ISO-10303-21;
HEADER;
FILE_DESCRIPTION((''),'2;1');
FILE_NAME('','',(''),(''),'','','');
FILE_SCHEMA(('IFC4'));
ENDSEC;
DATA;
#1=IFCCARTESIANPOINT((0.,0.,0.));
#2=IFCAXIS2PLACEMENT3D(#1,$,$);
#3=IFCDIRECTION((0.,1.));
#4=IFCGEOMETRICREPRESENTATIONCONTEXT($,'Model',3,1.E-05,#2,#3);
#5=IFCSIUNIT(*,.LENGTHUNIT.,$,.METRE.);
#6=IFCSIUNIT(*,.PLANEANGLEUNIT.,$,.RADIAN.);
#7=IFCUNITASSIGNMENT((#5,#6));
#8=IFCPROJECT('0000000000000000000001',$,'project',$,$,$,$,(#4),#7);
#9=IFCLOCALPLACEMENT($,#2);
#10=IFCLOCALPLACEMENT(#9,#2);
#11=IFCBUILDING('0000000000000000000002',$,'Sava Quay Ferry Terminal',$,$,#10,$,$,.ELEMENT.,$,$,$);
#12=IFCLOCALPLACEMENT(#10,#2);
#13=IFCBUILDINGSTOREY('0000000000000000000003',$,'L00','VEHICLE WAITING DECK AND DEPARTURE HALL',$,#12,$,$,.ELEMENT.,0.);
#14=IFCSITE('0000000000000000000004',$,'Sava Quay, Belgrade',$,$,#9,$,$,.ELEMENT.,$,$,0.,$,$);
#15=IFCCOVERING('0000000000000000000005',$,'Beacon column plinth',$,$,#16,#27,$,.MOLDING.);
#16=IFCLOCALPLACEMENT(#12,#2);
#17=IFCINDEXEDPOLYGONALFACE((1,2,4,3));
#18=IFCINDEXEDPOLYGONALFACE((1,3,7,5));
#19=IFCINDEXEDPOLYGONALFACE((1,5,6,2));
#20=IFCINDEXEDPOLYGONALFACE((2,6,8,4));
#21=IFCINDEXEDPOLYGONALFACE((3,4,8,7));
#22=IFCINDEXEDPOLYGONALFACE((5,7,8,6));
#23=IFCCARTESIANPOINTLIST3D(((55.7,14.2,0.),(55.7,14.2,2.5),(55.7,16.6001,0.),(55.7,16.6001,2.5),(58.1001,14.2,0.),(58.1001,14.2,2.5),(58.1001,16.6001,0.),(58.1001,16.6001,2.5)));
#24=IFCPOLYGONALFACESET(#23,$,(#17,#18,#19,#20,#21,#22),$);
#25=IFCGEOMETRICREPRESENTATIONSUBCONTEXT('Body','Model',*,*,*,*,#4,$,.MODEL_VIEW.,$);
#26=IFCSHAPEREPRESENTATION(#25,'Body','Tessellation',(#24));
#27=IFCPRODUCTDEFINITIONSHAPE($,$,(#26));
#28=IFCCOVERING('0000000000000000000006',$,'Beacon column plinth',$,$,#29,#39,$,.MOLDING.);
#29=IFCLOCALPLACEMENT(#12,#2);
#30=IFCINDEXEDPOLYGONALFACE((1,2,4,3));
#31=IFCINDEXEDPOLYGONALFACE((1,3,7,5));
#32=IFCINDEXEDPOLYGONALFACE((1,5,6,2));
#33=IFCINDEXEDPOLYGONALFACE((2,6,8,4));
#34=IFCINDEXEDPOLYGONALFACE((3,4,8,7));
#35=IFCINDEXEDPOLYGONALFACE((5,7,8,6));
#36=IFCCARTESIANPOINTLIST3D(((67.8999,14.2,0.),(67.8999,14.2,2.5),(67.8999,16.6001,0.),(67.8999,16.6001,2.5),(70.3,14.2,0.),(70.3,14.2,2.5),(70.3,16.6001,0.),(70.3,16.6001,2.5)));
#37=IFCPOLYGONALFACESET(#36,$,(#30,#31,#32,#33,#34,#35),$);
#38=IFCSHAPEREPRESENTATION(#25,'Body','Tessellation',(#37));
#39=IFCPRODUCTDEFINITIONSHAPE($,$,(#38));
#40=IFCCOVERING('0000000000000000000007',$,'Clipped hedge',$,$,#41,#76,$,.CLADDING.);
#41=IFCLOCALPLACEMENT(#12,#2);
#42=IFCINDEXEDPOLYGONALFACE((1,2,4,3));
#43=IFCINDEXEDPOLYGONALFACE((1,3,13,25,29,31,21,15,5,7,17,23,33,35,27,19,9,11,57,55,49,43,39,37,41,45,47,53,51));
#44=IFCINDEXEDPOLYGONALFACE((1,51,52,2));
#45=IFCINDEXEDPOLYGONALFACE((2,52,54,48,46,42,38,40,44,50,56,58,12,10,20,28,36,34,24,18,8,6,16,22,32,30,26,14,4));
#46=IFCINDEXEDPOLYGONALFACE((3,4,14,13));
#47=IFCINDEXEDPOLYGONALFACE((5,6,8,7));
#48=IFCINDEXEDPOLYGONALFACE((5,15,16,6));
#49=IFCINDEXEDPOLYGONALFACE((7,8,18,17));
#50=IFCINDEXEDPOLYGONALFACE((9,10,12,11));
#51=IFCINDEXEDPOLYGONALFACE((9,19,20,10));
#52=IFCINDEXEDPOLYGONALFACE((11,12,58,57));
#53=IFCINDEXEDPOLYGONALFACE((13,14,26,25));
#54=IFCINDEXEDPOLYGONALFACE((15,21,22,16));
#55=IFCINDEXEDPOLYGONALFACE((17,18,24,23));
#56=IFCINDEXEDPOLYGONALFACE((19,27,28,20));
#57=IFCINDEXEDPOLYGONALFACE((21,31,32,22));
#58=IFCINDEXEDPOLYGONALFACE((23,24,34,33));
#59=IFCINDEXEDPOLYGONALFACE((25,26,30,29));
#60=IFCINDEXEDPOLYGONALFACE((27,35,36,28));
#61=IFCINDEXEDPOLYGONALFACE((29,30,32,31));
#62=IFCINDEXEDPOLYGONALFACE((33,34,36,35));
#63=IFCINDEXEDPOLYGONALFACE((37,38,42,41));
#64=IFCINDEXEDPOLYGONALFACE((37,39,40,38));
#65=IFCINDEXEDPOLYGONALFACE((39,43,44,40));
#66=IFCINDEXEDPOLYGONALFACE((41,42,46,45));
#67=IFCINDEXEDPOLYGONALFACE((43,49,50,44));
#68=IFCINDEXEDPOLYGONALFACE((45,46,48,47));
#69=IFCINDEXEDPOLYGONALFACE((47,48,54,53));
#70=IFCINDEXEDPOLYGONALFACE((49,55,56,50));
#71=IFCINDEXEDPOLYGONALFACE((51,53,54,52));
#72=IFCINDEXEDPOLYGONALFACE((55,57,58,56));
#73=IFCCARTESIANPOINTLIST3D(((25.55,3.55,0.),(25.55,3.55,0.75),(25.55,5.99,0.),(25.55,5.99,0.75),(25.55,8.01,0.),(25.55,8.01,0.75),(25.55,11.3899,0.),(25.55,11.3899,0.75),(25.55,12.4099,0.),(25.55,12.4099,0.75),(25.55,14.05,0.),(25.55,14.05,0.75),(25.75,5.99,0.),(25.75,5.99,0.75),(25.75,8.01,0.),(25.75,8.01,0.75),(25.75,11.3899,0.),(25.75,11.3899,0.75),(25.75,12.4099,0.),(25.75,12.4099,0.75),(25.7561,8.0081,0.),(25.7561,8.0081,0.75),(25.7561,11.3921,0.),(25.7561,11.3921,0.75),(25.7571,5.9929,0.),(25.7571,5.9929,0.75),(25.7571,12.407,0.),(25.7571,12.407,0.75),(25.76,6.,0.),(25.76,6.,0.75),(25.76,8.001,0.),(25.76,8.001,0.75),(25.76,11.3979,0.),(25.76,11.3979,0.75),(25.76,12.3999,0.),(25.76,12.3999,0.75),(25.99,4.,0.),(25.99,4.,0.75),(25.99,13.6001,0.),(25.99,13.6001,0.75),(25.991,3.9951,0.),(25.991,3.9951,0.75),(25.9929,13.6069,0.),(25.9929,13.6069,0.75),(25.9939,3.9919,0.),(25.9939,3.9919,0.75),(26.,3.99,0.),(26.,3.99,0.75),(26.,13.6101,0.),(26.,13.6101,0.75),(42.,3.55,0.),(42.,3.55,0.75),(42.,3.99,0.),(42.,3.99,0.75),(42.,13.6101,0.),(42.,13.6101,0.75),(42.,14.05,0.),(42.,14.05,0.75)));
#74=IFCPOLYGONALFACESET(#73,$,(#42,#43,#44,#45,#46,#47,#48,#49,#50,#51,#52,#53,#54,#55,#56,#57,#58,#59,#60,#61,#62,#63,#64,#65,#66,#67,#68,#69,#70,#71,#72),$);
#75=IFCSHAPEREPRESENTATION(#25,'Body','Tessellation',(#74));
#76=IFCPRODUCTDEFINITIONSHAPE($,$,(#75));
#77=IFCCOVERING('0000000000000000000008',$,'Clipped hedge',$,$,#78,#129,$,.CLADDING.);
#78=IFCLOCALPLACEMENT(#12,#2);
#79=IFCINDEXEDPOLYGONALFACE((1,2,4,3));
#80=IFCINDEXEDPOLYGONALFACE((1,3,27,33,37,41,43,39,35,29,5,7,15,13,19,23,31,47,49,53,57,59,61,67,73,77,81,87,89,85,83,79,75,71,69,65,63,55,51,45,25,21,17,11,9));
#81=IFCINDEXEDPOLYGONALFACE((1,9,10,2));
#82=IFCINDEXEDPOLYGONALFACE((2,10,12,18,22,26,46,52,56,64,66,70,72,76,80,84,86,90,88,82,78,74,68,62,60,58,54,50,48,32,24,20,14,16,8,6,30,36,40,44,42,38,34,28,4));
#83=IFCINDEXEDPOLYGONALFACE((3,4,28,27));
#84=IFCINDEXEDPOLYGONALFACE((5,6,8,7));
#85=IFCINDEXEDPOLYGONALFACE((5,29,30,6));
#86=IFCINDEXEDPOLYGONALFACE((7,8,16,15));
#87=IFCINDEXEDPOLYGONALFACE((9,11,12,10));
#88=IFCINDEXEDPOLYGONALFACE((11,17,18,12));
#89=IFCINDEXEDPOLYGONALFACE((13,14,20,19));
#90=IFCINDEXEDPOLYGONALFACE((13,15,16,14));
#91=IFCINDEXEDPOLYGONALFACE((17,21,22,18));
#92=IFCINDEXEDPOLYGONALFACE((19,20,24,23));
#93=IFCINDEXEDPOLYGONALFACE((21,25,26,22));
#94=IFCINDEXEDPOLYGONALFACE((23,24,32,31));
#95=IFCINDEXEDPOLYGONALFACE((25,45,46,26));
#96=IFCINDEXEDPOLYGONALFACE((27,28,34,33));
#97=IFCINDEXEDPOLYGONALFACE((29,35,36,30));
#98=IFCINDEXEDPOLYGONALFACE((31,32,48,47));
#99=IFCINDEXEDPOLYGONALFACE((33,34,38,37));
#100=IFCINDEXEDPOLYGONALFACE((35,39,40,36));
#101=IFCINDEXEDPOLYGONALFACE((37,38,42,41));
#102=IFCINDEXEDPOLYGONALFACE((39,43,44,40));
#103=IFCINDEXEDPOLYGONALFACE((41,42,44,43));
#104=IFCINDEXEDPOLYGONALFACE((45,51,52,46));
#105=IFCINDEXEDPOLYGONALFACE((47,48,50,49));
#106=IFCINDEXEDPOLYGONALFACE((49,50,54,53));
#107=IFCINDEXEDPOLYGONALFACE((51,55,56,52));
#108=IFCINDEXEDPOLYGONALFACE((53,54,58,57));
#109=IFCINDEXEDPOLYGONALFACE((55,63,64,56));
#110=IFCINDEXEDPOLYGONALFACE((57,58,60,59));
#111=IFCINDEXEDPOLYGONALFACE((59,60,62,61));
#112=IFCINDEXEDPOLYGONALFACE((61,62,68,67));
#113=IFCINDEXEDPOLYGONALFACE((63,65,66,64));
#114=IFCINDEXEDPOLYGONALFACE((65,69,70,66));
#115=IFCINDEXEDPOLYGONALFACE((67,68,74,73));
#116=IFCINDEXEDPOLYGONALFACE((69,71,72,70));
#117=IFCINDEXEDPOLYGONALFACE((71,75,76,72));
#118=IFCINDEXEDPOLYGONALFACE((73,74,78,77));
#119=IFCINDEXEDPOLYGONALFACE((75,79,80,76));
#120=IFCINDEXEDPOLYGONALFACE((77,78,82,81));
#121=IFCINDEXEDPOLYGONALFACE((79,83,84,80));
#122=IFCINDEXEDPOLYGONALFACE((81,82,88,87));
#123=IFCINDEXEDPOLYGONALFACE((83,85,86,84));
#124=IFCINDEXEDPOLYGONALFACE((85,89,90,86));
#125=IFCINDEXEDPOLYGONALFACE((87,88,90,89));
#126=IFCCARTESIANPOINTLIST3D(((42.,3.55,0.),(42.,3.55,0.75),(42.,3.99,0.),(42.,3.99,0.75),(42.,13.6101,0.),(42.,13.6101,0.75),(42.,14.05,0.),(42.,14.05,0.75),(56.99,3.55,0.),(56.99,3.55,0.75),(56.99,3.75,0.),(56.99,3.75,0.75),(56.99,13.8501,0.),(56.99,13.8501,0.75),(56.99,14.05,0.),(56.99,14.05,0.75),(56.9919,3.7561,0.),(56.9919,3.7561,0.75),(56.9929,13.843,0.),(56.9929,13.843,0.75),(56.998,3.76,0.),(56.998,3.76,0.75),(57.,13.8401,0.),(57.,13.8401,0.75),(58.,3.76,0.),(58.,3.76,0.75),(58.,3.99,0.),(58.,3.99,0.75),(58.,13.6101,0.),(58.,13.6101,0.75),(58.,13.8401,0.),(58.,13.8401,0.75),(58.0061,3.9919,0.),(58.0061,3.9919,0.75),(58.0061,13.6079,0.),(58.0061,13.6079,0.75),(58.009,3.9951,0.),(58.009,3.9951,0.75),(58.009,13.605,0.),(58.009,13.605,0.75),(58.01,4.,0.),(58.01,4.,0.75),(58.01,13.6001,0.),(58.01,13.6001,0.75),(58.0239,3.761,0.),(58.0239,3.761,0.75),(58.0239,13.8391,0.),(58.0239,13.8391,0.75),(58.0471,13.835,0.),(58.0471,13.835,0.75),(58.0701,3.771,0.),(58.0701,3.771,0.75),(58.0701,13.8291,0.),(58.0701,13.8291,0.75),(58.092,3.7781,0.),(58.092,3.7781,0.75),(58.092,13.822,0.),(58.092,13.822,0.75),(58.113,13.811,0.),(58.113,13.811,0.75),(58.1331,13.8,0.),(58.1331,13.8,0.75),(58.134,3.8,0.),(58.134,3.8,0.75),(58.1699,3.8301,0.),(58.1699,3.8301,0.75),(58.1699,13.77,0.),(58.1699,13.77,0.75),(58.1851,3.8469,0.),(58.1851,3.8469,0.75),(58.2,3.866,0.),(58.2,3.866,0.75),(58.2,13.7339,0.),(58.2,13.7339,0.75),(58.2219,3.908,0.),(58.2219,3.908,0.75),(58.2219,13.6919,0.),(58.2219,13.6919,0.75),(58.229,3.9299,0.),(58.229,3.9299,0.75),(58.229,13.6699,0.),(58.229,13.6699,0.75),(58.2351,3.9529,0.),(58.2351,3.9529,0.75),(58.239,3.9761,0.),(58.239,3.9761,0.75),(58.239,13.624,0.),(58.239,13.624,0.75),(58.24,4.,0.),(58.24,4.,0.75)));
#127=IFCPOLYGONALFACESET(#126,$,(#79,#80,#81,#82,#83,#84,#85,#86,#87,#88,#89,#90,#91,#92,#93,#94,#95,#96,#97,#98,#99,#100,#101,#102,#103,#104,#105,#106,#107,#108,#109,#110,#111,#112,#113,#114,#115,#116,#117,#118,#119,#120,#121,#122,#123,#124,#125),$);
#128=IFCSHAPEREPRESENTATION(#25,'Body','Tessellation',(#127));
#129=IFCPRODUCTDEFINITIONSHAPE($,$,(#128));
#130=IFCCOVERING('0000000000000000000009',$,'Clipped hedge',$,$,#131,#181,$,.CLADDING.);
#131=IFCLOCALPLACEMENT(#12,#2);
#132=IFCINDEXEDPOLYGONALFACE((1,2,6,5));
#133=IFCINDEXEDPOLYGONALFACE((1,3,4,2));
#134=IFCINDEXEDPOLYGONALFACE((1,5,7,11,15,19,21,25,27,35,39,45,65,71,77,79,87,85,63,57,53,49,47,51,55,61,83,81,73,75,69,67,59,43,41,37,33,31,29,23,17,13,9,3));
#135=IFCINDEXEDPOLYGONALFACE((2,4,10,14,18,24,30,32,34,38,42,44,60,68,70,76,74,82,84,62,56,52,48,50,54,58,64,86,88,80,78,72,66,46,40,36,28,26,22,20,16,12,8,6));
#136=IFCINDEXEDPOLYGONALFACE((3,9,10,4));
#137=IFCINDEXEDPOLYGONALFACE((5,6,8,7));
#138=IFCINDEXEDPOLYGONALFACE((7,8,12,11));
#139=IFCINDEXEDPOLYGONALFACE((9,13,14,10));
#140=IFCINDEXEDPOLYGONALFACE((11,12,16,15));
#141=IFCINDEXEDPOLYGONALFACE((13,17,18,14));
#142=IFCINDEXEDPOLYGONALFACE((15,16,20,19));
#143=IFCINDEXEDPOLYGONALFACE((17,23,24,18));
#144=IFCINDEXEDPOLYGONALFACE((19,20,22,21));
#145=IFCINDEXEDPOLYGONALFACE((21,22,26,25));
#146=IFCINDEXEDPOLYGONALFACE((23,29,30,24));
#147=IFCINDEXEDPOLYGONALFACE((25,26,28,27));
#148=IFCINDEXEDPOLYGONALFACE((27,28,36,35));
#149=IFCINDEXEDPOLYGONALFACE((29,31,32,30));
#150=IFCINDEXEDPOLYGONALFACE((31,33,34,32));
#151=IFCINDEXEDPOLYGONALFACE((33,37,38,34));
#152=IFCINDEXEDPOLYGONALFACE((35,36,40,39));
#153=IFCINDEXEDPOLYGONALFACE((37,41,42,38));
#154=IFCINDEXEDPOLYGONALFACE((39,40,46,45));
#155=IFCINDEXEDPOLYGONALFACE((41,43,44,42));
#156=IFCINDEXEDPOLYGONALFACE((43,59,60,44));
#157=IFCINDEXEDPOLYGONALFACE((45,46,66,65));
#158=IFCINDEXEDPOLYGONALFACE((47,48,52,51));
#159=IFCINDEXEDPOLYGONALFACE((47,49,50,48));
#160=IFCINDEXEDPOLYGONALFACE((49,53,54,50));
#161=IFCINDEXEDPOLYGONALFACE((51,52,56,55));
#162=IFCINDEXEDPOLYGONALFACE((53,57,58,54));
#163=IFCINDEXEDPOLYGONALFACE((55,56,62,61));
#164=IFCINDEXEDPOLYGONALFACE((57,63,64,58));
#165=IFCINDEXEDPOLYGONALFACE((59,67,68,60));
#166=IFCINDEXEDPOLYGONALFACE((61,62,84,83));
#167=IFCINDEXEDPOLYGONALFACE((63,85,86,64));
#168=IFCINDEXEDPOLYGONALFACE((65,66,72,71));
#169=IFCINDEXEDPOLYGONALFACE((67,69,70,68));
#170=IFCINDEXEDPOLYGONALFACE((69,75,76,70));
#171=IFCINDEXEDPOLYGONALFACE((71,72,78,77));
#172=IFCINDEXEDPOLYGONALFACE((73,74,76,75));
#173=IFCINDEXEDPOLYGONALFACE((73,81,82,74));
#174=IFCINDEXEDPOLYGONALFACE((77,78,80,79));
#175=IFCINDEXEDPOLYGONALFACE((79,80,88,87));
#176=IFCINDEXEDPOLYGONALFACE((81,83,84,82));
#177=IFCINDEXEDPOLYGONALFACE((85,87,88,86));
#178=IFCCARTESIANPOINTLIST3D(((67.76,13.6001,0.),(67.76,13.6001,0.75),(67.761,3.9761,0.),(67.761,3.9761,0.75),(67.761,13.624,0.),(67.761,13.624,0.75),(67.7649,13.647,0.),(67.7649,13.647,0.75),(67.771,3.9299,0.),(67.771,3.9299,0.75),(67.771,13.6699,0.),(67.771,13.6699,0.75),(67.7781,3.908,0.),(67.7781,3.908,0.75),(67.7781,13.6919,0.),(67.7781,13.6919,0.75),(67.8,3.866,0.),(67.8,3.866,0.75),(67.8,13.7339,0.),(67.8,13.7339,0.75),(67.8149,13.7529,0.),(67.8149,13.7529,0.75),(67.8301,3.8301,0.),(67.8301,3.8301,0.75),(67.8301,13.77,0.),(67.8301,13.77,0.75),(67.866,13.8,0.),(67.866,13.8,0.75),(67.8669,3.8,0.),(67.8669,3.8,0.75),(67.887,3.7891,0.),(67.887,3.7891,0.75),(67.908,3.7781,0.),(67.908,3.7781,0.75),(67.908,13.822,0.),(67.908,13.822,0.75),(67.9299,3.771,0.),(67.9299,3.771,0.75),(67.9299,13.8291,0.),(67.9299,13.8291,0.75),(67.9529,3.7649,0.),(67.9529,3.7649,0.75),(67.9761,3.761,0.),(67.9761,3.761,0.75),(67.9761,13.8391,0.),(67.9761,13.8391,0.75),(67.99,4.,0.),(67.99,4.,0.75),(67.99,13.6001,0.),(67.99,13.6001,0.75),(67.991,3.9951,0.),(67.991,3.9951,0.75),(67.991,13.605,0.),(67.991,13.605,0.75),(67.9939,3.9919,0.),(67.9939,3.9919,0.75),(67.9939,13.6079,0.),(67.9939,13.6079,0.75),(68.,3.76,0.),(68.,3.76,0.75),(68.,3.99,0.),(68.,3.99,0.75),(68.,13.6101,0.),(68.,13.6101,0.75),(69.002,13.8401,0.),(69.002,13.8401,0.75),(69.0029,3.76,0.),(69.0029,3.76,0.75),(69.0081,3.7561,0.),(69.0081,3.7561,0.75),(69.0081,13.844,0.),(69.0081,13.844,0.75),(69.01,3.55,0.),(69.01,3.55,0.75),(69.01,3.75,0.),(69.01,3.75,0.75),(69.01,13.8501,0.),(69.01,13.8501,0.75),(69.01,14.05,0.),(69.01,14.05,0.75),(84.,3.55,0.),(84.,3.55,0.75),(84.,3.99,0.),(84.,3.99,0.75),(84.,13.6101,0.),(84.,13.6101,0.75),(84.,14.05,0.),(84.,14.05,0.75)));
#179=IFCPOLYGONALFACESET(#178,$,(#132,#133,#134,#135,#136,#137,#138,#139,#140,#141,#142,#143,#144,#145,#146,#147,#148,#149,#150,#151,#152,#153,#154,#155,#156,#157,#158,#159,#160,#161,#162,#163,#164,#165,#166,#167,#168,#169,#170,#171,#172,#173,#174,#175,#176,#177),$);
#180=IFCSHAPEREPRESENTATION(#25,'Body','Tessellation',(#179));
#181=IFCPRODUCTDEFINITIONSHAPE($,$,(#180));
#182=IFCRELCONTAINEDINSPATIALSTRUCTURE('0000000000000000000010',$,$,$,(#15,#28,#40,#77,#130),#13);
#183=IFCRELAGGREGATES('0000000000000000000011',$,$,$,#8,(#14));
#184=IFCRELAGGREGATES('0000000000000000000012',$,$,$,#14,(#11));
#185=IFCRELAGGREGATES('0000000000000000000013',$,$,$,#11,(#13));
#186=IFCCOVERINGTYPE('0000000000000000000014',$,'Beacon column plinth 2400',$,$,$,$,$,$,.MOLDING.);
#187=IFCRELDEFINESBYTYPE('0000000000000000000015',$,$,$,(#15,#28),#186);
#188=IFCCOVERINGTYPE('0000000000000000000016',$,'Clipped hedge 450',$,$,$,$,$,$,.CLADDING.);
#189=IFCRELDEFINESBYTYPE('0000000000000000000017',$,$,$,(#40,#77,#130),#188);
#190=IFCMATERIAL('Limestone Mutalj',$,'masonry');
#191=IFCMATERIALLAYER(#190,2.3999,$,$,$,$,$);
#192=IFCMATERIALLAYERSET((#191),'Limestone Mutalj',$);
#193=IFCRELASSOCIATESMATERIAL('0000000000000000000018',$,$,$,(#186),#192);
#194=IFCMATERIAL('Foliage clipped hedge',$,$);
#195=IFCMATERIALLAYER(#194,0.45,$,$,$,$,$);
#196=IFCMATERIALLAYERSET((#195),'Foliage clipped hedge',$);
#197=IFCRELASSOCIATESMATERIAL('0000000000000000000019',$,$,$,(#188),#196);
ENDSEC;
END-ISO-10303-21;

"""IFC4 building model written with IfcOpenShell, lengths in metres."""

from ifc_helpers import new_model, si_unit, direction, origin, place, context, subcontext, project, spatial, polyline, outline, extrude, material, layer, layer_set, type_object, element, save


model = new_model("IFC4")

# Units and contexts
model_context = context("Model", 3, precision=1e-05, world=origin(), true_north=direction((0.0, 1.0)))
body_context = subcontext(model_context, "Body", "Model", "MODEL_VIEW")
ifc_project = project(units=[si_unit("LENGTHUNIT", "METRE"), si_unit("PLANEANGLEUNIT", "RADIAN")], contexts=[model_context])

# Site, building, storey
site_placement = place(None, origin())
site = spatial("IfcSite", under=ifc_project, at=site_placement, Name="Sava Quay, Belgrade", CompositionType="ELEMENT", RefElevation=0.0)
building_placement = place(site_placement, origin())
building = spatial("IfcBuilding", under=site, at=building_placement, Name="Sava Quay Ferry Terminal", CompositionType="ELEMENT")
storey_placement = place(building_placement, origin())
storey = spatial("IfcBuildingStorey", under=building, at=storey_placement, Name="L00", Description="VEHICLE WAITING DECK AND DEPARTURE HALL", CompositionType="ELEMENT", Elevation=0.0)

# Coverings
ifc_material_1 = material(Name="Limestone Mutalj", Category="masonry")
ifc_layer_1 = layer(ifc_material_1, 2.3999)
ifc_layer_set_1 = layer_set([ifc_layer_1], Name="Limestone Mutalj")
covering_type_1 = type_object("IfcCoveringType", Name="Beacon column plinth 2400", PredefinedType="MOLDING", material=ifc_layer_set_1)
covering_1_placement = place(storey_placement, origin())
element("IfcCovering", 1, at=covering_1_placement, inside=storey, type_object=covering_type_1, Name="Beacon column plinth", PredefinedType="MOLDING", context=body_context, shape_type="SweptSolid", body=[
    extrude(outline(polyline([(58.1001, 14.2), (58.1001, 16.6001), (55.7, 16.6001), (55.7, 14.2), (58.1001, 14.2)])), origin(), (0.0, 0.0, 1.0), 2.5),
])
covering_2_placement = place(storey_placement, origin())
element("IfcCovering", 2, at=covering_2_placement, inside=storey, type_object=covering_type_1, Name="Beacon column plinth", PredefinedType="MOLDING", context=body_context, shape_type="SweptSolid", body=[
    extrude(outline(polyline([(70.3, 14.2), (70.3, 16.6001), (67.8999, 16.6001), (67.8999, 14.2), (70.3, 14.2)])), origin(), (0.0, 0.0, 1.0), 2.5),
])
ifc_material_2 = material(Name="Foliage clipped hedge")
ifc_layer_2 = layer(ifc_material_2, 0.45)
ifc_layer_set_2 = layer_set([ifc_layer_2], Name="Foliage clipped hedge")
covering_type_2 = type_object("IfcCoveringType", Name="Clipped hedge 450", PredefinedType="CLADDING", material=ifc_layer_set_2)
covering_3_placement = place(storey_placement, origin())
element("IfcCovering", 3, at=covering_3_placement, inside=storey, type_object=covering_type_2, Name="Clipped hedge", PredefinedType="CLADDING", context=body_context, shape_type="SweptSolid", body=[
    extrude(outline(polyline([(25.55, 3.55), (42.0, 3.55), (42.0, 3.99), (26.0, 3.99), (25.9939, 3.9919), (25.991, 3.9951), (25.99, 4.0), (25.99, 13.6001), (25.9929, 13.6069), (26.0, 13.6101), (42.0, 13.6101), (42.0, 14.05), (25.55, 14.05), (25.55, 12.4099), (25.75, 12.4099), (25.7571, 12.407), (25.76, 12.3999), (25.76, 11.3979), (25.7561, 11.3921), (25.75, 11.3899), (25.55, 11.3899), (25.55, 8.01), (25.75, 8.01), (25.7561, 8.0081), (25.76, 8.001), (25.76, 6.0), (25.7571, 5.9929), (25.75, 5.99), (25.55, 5.99), (25.55, 3.55)])), origin(), (0.0, 0.0, 1.0), 0.75),
])
covering_4_placement = place(storey_placement, origin())
element("IfcCovering", 4, at=covering_4_placement, inside=storey, type_object=covering_type_2, Name="Clipped hedge", PredefinedType="CLADDING", context=body_context, shape_type="SweptSolid", body=[
    extrude(outline(polyline([(56.99, 13.8501), (56.99, 14.05), (42.0, 14.05), (42.0, 13.6101), (58.0, 13.6101), (58.0061, 13.6079), (58.009, 13.605), (58.01, 13.6001), (58.01, 4.0), (58.009, 3.9951), (58.0061, 3.9919), (58.0, 3.99), (42.0, 3.99), (42.0, 3.55), (56.99, 3.55), (56.99, 3.75), (56.9919, 3.7561), (56.998, 3.76), (58.0, 3.76), (58.0239, 3.761), (58.0701, 3.771), (58.092, 3.7781), (58.134, 3.8), (58.1699, 3.8301), (58.1851, 3.8469), (58.2, 3.866), (58.2219, 3.908), (58.229, 3.9299), (58.2351, 3.9529), (58.239, 3.9761), (58.24, 4.0), (58.239, 13.624), (58.229, 13.6699), (58.2219, 13.6919), (58.2, 13.7339), (58.1699, 13.77), (58.1331, 13.8), (58.113, 13.811), (58.092, 13.822), (58.0701, 13.8291), (58.0471, 13.835), (58.0239, 13.8391), (58.0, 13.8401), (57.0, 13.8401), (56.9929, 13.843), (56.99, 13.8501)])), origin(), (0.0, 0.0, 1.0), 0.75),
])
covering_5_placement = place(storey_placement, origin())
element("IfcCovering", 5, at=covering_5_placement, inside=storey, type_object=covering_type_2, Name="Clipped hedge", PredefinedType="CLADDING", context=body_context, shape_type="SweptSolid", body=[
    extrude(outline(polyline([(69.01, 3.55), (84.0, 3.55), (84.0, 3.99), (68.0, 3.99), (67.9939, 3.9919), (67.991, 3.9951), (67.99, 4.0), (67.99, 13.6001), (67.991, 13.605), (67.9939, 13.6079), (68.0, 13.6101), (84.0, 13.6101), (84.0, 14.05), (69.01, 14.05), (69.01, 13.8501), (69.0081, 13.844), (69.002, 13.8401), (67.9761, 13.8391), (67.9299, 13.8291), (67.908, 13.822), (67.866, 13.8), (67.8301, 13.77), (67.8149, 13.7529), (67.8, 13.7339), (67.7781, 13.6919), (67.771, 13.6699), (67.7649, 13.647), (67.761, 13.624), (67.76, 13.6001), (67.761, 3.9761), (67.771, 3.9299), (67.7781, 3.908), (67.8, 3.866), (67.8301, 3.8301), (67.8669, 3.8), (67.887, 3.7891), (67.908, 3.7781), (67.9299, 3.771), (67.9529, 3.7649), (67.9761, 3.761), (68.0, 3.76), (69.0029, 3.76), (69.0081, 3.7561), (69.01, 3.75), (69.01, 3.55)])), origin(), (0.0, 0.0, 1.0), 0.75),
])

save(model, "model.ifc")
